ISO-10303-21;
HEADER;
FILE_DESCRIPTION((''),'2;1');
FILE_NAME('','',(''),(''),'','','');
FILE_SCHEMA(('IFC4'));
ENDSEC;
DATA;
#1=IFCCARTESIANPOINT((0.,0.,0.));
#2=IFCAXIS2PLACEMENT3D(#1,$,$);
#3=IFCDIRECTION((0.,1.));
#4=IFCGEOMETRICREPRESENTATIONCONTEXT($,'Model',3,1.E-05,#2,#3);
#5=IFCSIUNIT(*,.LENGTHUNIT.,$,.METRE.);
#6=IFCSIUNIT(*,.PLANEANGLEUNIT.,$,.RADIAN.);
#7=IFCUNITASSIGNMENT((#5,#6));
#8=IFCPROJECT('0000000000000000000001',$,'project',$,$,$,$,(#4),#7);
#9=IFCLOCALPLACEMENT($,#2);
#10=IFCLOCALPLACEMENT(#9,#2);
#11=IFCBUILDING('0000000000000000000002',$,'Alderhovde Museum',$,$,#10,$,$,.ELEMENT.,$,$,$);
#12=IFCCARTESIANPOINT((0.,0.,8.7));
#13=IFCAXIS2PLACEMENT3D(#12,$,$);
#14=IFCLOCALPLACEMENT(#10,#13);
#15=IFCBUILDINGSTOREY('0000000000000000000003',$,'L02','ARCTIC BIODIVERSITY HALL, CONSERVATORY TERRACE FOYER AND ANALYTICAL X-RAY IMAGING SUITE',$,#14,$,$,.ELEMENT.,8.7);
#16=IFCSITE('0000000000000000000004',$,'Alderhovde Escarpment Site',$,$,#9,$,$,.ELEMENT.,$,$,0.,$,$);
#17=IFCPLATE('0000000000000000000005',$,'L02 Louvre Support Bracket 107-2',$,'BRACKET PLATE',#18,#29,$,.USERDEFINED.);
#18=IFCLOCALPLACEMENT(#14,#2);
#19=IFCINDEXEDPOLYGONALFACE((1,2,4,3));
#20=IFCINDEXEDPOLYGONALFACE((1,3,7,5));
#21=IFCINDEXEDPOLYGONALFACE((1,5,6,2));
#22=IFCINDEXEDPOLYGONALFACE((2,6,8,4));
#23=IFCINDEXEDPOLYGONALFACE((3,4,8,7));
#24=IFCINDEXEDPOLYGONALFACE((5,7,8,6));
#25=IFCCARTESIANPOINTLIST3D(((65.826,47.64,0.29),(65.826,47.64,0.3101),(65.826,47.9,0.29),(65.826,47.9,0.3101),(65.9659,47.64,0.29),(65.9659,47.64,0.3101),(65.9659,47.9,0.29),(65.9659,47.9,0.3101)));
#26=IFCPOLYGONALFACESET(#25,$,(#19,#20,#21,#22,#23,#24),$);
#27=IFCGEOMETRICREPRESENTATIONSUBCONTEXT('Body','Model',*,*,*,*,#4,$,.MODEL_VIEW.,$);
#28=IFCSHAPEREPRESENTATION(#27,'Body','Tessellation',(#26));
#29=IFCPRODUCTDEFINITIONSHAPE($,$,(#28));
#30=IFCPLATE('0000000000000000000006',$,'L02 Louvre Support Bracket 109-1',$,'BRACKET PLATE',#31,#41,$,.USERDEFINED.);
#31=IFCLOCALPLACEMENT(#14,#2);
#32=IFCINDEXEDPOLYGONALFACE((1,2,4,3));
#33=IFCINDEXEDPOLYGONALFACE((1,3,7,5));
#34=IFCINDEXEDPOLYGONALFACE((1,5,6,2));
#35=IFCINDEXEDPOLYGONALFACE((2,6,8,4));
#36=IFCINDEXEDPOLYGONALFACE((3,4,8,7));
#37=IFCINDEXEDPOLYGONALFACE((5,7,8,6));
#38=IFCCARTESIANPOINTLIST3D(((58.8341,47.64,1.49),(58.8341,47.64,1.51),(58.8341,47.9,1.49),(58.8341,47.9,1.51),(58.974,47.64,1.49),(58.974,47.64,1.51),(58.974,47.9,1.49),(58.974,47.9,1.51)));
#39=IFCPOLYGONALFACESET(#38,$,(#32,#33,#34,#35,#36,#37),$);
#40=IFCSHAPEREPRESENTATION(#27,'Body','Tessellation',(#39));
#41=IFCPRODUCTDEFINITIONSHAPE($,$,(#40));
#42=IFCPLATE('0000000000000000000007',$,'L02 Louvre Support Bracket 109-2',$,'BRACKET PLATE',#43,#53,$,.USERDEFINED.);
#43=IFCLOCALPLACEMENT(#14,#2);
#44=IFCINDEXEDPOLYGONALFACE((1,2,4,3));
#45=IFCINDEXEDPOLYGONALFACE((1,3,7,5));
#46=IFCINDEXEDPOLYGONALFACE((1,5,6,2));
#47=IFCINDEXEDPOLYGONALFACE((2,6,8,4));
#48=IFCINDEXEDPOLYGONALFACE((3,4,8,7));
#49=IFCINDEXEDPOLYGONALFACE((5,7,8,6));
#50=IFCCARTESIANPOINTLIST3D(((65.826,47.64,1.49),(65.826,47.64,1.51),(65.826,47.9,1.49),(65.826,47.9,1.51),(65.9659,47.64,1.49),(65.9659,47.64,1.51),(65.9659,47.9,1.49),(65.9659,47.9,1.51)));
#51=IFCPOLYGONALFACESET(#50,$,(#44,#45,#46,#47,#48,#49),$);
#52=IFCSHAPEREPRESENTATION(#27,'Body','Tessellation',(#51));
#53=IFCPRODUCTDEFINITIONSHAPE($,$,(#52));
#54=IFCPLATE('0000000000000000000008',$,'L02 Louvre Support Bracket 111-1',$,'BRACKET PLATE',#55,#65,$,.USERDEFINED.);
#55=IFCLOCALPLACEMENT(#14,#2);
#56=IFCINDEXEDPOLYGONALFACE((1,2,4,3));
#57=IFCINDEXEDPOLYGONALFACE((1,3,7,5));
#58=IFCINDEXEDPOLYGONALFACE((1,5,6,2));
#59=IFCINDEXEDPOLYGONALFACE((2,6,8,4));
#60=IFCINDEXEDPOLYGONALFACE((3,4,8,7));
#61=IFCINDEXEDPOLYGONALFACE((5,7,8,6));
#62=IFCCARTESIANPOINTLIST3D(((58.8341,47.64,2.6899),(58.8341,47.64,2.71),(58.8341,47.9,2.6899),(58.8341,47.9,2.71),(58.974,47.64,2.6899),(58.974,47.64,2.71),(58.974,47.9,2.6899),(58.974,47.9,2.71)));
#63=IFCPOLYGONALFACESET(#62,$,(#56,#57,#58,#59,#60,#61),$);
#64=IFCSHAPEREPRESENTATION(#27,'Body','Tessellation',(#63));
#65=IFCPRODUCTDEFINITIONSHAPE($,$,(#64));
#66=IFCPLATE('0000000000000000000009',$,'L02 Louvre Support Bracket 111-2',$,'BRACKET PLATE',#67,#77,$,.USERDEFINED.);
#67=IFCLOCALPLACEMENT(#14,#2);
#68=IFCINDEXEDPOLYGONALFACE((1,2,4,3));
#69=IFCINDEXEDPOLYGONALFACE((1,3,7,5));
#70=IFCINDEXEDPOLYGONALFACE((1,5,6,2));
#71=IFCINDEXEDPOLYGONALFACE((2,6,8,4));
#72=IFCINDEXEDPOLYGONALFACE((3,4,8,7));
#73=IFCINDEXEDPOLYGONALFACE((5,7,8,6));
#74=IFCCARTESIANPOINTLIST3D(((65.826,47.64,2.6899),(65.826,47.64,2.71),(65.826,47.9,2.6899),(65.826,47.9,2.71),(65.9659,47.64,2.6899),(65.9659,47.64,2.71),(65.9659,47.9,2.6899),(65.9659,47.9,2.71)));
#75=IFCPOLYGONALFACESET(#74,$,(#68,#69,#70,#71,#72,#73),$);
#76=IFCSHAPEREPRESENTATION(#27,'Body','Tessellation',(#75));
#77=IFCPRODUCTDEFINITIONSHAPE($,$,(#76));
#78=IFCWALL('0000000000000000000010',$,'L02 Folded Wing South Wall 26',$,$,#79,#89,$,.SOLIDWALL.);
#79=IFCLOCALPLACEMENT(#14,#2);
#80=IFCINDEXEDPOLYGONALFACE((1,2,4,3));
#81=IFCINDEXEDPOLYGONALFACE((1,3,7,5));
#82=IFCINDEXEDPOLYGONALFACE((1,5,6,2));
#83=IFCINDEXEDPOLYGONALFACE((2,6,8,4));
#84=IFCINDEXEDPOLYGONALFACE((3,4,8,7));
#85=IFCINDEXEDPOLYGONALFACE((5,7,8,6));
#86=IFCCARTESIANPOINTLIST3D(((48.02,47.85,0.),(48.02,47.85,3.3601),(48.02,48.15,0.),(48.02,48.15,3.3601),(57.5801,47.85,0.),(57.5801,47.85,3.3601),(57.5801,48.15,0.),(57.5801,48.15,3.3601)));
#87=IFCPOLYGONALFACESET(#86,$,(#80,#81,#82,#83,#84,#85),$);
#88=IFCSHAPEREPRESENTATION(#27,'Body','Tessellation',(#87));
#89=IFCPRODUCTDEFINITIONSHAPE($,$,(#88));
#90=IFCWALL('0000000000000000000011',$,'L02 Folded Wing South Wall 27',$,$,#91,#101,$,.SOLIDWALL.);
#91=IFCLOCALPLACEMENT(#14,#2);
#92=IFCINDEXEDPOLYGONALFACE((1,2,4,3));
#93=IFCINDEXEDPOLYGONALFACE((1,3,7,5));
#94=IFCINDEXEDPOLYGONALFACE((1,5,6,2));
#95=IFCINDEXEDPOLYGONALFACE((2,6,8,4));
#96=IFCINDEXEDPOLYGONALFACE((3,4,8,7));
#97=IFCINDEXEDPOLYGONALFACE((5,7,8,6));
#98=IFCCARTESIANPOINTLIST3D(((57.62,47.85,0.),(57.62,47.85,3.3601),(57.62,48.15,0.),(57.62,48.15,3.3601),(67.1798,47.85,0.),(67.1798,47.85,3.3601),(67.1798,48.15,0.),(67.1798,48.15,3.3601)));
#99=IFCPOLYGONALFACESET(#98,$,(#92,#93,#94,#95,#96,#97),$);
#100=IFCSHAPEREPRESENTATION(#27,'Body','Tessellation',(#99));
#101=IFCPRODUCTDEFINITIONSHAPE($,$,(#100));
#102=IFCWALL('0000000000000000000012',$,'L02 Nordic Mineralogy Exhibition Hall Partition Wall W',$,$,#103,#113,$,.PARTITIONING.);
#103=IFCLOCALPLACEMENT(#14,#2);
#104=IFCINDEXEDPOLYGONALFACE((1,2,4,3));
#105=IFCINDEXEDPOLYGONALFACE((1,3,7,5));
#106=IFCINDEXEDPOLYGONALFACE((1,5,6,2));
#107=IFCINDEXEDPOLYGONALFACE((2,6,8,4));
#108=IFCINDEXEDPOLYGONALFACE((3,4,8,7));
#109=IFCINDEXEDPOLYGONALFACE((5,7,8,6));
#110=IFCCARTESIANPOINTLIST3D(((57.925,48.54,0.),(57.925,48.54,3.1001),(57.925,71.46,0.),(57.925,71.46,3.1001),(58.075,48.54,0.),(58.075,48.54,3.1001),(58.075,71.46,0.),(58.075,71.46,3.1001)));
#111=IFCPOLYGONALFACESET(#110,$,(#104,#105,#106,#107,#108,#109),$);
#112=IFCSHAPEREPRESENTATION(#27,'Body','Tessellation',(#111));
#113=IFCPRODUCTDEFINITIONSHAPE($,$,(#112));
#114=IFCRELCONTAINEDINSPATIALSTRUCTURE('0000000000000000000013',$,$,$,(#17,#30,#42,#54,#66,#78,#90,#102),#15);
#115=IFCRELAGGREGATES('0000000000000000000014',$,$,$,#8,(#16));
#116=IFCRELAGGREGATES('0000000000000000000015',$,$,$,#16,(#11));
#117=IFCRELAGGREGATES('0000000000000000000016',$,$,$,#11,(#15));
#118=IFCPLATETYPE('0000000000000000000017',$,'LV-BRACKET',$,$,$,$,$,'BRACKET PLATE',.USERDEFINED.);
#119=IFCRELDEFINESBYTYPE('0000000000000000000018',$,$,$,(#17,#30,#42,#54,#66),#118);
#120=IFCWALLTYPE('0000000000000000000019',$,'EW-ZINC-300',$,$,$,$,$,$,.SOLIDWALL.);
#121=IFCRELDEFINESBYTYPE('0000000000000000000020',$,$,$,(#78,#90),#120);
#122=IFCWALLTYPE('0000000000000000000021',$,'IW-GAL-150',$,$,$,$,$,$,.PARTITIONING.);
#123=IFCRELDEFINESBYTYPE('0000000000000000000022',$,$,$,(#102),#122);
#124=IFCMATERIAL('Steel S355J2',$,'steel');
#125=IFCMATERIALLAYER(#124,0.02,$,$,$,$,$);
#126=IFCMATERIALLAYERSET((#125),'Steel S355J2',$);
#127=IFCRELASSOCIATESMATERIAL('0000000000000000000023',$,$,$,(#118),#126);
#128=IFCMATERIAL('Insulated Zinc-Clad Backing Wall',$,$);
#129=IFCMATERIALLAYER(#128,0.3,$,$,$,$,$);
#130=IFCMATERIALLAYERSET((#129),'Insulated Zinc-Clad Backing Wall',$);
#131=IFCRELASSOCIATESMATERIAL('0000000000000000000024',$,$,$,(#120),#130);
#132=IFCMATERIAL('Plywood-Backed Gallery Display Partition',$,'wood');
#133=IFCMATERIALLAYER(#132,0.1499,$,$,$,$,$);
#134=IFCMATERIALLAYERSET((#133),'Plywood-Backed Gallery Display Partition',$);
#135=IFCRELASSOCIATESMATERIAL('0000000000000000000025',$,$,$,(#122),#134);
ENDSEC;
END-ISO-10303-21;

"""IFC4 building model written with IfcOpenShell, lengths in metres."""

from ifc_helpers import new_model, si_unit, direction, frame, frame_2d, origin, origin_2d, place, context, subcontext, project, spatial, rectangle, extrude, material, layer, layer_set, type_object, element, save


model = new_model("IFC4")

# Units and contexts
model_context = context("Model", 3, precision=1e-05, world=origin(), true_north=direction((0.0, 1.0)))
body_context = subcontext(model_context, "Body", "Model", "MODEL_VIEW")
ifc_project = project(units=[si_unit("LENGTHUNIT", "METRE"), si_unit("PLANEANGLEUNIT", "RADIAN")], contexts=[model_context])

# Site, building, storey
site_placement = place(None, origin())
site = spatial("IfcSite", under=ifc_project, at=site_placement, Name="Alderhovde Escarpment Site", CompositionType="ELEMENT", RefElevation=0.0)
building_placement = place(site_placement, origin())
building = spatial("IfcBuilding", under=site, at=building_placement, Name="Alderhovde Museum", CompositionType="ELEMENT")
storey_placement = place(building_placement, frame((0.0, 0.0, 8.7)))
storey = spatial("IfcBuildingStorey", under=building, at=storey_placement, Name="L02", Description="ARCTIC BIODIVERSITY HALL, CONSERVATORY TERRACE FOYER AND ANALYTICAL X-RAY IMAGING SUITE", CompositionType="ELEMENT", Elevation=8.7)

# Plates
ifc_material_1 = material(Name="Steel S355J2", Category="steel")
ifc_layer_1 = layer(ifc_material_1, 0.02)
ifc_layer_set_1 = layer_set([ifc_layer_1], Name="Steel S355J2")
plate_type = type_object("IfcPlateType", Name="LV-BRACKET", ElementType="BRACKET PLATE", PredefinedType="USERDEFINED", material=ifc_layer_set_1)
for number, where, z_axis, x_axis, name in (
    (1, (65.896, 47.77, 0.29), (0.0, 0.0, 1.0), (1.0, 0.0, 0.0), "L02 Louvre Support Bracket 107-2"),
    (2, (58.9041, 47.77, 1.49), (0.0, 0.0, 1.0), (1.0, 0.0, 0.0), "L02 Louvre Support Bracket 109-1"),
    (3, (65.896, 47.77, 1.49), (0.0, 0.0, 1.0), (1.0, 0.0, 0.0), "L02 Louvre Support Bracket 109-2"),
    (4, (58.9041, 47.77, 2.6899), (0.0, 0.0, 1.0), (1.0, 0.0, 0.0), "L02 Louvre Support Bracket 111-1"),
    (5, (65.896, 47.77, 2.6899), (0.0, 0.0, 1.0), (1.0, 0.0, 0.0), "L02 Louvre Support Bracket 111-2"),
):
    element("IfcPlate", number, at=place(storey_placement, frame(where, z_axis=z_axis, x_axis=x_axis)), inside=storey, type_object=plate_type, Name=name, ObjectType="BRACKET PLATE", PredefinedType="USERDEFINED", context=body_context, shape_type="SweptSolid", body=[
        extrude(rectangle(XDim=0.1399, YDim=0.26, at=origin_2d()), origin(), (0.0, 0.0, 1.0), 0.02),
    ])

# Walls
ifc_material_2 = material(Name="Insulated Zinc-Clad Backing Wall")
ifc_layer_2 = layer(ifc_material_2, 0.3)
ifc_layer_set_2 = layer_set([ifc_layer_2], Name="Insulated Zinc-Clad Backing Wall")
wall_type_1 = type_object("IfcWallType", Name="EW-ZINC-300", PredefinedType="SOLIDWALL", material=ifc_layer_set_2)
wall_1_placement = place(storey_placement, frame((48.02, 48.0, 0.0), z_axis=(0.0, 0.0, 1.0), x_axis=(1.0, 0.0, 0.0)))
element("IfcWall", 6, at=wall_1_placement, inside=storey, type_object=wall_type_1, Name="L02 Folded Wing South Wall 26", PredefinedType="SOLIDWALL", context=body_context, shape_type="SweptSolid", body=[
    extrude(rectangle(XDim=9.5601, YDim=0.3, at=frame_2d((4.78, 0.0))), origin(), (0.0, 0.0, 1.0), 3.3601),
])
wall_2_placement = place(storey_placement, frame((57.6201, 48.0, 0.0), z_axis=(0.0, 0.0, 1.0), x_axis=(1.0, 0.0, 0.0)))
element("IfcWall", 7, at=wall_2_placement, inside=storey, type_object=wall_type_1, Name="L02 Folded Wing South Wall 27", PredefinedType="SOLIDWALL", context=body_context, shape_type="SweptSolid", body=[
    extrude(rectangle(XDim=9.5598, YDim=0.3, at=frame_2d((4.7798, 0.0))), origin(), (0.0, 0.0, 1.0), 3.3601),
])
ifc_material_3 = material(Name="Plywood-Backed Gallery Display Partition", Category="wood")
ifc_layer_3 = layer(ifc_material_3, 0.1499)
ifc_layer_set_3 = layer_set([ifc_layer_3], Name="Plywood-Backed Gallery Display Partition")
wall_type_2 = type_object("IfcWallType", Name="IW-GAL-150", PredefinedType="PARTITIONING", material=ifc_layer_set_3)
wall_3_placement = place(storey_placement, frame((58.0, 48.54, 0.0), z_axis=(0.0, 0.0, 1.0), x_axis=(0.0, 1.0, 0.0)))
element("IfcWall", 8, at=wall_3_placement, inside=storey, type_object=wall_type_2, Name="L02 Nordic Mineralogy Exhibition Hall Partition Wall W", PredefinedType="PARTITIONING", context=body_context, shape_type="SweptSolid", body=[
    extrude(rectangle(XDim=22.9199, YDim=0.1499, at=frame_2d((11.46, 0.0))), origin(), (0.0, 0.0, 1.0), 3.1001),
])

save(model, "model.ifc")
